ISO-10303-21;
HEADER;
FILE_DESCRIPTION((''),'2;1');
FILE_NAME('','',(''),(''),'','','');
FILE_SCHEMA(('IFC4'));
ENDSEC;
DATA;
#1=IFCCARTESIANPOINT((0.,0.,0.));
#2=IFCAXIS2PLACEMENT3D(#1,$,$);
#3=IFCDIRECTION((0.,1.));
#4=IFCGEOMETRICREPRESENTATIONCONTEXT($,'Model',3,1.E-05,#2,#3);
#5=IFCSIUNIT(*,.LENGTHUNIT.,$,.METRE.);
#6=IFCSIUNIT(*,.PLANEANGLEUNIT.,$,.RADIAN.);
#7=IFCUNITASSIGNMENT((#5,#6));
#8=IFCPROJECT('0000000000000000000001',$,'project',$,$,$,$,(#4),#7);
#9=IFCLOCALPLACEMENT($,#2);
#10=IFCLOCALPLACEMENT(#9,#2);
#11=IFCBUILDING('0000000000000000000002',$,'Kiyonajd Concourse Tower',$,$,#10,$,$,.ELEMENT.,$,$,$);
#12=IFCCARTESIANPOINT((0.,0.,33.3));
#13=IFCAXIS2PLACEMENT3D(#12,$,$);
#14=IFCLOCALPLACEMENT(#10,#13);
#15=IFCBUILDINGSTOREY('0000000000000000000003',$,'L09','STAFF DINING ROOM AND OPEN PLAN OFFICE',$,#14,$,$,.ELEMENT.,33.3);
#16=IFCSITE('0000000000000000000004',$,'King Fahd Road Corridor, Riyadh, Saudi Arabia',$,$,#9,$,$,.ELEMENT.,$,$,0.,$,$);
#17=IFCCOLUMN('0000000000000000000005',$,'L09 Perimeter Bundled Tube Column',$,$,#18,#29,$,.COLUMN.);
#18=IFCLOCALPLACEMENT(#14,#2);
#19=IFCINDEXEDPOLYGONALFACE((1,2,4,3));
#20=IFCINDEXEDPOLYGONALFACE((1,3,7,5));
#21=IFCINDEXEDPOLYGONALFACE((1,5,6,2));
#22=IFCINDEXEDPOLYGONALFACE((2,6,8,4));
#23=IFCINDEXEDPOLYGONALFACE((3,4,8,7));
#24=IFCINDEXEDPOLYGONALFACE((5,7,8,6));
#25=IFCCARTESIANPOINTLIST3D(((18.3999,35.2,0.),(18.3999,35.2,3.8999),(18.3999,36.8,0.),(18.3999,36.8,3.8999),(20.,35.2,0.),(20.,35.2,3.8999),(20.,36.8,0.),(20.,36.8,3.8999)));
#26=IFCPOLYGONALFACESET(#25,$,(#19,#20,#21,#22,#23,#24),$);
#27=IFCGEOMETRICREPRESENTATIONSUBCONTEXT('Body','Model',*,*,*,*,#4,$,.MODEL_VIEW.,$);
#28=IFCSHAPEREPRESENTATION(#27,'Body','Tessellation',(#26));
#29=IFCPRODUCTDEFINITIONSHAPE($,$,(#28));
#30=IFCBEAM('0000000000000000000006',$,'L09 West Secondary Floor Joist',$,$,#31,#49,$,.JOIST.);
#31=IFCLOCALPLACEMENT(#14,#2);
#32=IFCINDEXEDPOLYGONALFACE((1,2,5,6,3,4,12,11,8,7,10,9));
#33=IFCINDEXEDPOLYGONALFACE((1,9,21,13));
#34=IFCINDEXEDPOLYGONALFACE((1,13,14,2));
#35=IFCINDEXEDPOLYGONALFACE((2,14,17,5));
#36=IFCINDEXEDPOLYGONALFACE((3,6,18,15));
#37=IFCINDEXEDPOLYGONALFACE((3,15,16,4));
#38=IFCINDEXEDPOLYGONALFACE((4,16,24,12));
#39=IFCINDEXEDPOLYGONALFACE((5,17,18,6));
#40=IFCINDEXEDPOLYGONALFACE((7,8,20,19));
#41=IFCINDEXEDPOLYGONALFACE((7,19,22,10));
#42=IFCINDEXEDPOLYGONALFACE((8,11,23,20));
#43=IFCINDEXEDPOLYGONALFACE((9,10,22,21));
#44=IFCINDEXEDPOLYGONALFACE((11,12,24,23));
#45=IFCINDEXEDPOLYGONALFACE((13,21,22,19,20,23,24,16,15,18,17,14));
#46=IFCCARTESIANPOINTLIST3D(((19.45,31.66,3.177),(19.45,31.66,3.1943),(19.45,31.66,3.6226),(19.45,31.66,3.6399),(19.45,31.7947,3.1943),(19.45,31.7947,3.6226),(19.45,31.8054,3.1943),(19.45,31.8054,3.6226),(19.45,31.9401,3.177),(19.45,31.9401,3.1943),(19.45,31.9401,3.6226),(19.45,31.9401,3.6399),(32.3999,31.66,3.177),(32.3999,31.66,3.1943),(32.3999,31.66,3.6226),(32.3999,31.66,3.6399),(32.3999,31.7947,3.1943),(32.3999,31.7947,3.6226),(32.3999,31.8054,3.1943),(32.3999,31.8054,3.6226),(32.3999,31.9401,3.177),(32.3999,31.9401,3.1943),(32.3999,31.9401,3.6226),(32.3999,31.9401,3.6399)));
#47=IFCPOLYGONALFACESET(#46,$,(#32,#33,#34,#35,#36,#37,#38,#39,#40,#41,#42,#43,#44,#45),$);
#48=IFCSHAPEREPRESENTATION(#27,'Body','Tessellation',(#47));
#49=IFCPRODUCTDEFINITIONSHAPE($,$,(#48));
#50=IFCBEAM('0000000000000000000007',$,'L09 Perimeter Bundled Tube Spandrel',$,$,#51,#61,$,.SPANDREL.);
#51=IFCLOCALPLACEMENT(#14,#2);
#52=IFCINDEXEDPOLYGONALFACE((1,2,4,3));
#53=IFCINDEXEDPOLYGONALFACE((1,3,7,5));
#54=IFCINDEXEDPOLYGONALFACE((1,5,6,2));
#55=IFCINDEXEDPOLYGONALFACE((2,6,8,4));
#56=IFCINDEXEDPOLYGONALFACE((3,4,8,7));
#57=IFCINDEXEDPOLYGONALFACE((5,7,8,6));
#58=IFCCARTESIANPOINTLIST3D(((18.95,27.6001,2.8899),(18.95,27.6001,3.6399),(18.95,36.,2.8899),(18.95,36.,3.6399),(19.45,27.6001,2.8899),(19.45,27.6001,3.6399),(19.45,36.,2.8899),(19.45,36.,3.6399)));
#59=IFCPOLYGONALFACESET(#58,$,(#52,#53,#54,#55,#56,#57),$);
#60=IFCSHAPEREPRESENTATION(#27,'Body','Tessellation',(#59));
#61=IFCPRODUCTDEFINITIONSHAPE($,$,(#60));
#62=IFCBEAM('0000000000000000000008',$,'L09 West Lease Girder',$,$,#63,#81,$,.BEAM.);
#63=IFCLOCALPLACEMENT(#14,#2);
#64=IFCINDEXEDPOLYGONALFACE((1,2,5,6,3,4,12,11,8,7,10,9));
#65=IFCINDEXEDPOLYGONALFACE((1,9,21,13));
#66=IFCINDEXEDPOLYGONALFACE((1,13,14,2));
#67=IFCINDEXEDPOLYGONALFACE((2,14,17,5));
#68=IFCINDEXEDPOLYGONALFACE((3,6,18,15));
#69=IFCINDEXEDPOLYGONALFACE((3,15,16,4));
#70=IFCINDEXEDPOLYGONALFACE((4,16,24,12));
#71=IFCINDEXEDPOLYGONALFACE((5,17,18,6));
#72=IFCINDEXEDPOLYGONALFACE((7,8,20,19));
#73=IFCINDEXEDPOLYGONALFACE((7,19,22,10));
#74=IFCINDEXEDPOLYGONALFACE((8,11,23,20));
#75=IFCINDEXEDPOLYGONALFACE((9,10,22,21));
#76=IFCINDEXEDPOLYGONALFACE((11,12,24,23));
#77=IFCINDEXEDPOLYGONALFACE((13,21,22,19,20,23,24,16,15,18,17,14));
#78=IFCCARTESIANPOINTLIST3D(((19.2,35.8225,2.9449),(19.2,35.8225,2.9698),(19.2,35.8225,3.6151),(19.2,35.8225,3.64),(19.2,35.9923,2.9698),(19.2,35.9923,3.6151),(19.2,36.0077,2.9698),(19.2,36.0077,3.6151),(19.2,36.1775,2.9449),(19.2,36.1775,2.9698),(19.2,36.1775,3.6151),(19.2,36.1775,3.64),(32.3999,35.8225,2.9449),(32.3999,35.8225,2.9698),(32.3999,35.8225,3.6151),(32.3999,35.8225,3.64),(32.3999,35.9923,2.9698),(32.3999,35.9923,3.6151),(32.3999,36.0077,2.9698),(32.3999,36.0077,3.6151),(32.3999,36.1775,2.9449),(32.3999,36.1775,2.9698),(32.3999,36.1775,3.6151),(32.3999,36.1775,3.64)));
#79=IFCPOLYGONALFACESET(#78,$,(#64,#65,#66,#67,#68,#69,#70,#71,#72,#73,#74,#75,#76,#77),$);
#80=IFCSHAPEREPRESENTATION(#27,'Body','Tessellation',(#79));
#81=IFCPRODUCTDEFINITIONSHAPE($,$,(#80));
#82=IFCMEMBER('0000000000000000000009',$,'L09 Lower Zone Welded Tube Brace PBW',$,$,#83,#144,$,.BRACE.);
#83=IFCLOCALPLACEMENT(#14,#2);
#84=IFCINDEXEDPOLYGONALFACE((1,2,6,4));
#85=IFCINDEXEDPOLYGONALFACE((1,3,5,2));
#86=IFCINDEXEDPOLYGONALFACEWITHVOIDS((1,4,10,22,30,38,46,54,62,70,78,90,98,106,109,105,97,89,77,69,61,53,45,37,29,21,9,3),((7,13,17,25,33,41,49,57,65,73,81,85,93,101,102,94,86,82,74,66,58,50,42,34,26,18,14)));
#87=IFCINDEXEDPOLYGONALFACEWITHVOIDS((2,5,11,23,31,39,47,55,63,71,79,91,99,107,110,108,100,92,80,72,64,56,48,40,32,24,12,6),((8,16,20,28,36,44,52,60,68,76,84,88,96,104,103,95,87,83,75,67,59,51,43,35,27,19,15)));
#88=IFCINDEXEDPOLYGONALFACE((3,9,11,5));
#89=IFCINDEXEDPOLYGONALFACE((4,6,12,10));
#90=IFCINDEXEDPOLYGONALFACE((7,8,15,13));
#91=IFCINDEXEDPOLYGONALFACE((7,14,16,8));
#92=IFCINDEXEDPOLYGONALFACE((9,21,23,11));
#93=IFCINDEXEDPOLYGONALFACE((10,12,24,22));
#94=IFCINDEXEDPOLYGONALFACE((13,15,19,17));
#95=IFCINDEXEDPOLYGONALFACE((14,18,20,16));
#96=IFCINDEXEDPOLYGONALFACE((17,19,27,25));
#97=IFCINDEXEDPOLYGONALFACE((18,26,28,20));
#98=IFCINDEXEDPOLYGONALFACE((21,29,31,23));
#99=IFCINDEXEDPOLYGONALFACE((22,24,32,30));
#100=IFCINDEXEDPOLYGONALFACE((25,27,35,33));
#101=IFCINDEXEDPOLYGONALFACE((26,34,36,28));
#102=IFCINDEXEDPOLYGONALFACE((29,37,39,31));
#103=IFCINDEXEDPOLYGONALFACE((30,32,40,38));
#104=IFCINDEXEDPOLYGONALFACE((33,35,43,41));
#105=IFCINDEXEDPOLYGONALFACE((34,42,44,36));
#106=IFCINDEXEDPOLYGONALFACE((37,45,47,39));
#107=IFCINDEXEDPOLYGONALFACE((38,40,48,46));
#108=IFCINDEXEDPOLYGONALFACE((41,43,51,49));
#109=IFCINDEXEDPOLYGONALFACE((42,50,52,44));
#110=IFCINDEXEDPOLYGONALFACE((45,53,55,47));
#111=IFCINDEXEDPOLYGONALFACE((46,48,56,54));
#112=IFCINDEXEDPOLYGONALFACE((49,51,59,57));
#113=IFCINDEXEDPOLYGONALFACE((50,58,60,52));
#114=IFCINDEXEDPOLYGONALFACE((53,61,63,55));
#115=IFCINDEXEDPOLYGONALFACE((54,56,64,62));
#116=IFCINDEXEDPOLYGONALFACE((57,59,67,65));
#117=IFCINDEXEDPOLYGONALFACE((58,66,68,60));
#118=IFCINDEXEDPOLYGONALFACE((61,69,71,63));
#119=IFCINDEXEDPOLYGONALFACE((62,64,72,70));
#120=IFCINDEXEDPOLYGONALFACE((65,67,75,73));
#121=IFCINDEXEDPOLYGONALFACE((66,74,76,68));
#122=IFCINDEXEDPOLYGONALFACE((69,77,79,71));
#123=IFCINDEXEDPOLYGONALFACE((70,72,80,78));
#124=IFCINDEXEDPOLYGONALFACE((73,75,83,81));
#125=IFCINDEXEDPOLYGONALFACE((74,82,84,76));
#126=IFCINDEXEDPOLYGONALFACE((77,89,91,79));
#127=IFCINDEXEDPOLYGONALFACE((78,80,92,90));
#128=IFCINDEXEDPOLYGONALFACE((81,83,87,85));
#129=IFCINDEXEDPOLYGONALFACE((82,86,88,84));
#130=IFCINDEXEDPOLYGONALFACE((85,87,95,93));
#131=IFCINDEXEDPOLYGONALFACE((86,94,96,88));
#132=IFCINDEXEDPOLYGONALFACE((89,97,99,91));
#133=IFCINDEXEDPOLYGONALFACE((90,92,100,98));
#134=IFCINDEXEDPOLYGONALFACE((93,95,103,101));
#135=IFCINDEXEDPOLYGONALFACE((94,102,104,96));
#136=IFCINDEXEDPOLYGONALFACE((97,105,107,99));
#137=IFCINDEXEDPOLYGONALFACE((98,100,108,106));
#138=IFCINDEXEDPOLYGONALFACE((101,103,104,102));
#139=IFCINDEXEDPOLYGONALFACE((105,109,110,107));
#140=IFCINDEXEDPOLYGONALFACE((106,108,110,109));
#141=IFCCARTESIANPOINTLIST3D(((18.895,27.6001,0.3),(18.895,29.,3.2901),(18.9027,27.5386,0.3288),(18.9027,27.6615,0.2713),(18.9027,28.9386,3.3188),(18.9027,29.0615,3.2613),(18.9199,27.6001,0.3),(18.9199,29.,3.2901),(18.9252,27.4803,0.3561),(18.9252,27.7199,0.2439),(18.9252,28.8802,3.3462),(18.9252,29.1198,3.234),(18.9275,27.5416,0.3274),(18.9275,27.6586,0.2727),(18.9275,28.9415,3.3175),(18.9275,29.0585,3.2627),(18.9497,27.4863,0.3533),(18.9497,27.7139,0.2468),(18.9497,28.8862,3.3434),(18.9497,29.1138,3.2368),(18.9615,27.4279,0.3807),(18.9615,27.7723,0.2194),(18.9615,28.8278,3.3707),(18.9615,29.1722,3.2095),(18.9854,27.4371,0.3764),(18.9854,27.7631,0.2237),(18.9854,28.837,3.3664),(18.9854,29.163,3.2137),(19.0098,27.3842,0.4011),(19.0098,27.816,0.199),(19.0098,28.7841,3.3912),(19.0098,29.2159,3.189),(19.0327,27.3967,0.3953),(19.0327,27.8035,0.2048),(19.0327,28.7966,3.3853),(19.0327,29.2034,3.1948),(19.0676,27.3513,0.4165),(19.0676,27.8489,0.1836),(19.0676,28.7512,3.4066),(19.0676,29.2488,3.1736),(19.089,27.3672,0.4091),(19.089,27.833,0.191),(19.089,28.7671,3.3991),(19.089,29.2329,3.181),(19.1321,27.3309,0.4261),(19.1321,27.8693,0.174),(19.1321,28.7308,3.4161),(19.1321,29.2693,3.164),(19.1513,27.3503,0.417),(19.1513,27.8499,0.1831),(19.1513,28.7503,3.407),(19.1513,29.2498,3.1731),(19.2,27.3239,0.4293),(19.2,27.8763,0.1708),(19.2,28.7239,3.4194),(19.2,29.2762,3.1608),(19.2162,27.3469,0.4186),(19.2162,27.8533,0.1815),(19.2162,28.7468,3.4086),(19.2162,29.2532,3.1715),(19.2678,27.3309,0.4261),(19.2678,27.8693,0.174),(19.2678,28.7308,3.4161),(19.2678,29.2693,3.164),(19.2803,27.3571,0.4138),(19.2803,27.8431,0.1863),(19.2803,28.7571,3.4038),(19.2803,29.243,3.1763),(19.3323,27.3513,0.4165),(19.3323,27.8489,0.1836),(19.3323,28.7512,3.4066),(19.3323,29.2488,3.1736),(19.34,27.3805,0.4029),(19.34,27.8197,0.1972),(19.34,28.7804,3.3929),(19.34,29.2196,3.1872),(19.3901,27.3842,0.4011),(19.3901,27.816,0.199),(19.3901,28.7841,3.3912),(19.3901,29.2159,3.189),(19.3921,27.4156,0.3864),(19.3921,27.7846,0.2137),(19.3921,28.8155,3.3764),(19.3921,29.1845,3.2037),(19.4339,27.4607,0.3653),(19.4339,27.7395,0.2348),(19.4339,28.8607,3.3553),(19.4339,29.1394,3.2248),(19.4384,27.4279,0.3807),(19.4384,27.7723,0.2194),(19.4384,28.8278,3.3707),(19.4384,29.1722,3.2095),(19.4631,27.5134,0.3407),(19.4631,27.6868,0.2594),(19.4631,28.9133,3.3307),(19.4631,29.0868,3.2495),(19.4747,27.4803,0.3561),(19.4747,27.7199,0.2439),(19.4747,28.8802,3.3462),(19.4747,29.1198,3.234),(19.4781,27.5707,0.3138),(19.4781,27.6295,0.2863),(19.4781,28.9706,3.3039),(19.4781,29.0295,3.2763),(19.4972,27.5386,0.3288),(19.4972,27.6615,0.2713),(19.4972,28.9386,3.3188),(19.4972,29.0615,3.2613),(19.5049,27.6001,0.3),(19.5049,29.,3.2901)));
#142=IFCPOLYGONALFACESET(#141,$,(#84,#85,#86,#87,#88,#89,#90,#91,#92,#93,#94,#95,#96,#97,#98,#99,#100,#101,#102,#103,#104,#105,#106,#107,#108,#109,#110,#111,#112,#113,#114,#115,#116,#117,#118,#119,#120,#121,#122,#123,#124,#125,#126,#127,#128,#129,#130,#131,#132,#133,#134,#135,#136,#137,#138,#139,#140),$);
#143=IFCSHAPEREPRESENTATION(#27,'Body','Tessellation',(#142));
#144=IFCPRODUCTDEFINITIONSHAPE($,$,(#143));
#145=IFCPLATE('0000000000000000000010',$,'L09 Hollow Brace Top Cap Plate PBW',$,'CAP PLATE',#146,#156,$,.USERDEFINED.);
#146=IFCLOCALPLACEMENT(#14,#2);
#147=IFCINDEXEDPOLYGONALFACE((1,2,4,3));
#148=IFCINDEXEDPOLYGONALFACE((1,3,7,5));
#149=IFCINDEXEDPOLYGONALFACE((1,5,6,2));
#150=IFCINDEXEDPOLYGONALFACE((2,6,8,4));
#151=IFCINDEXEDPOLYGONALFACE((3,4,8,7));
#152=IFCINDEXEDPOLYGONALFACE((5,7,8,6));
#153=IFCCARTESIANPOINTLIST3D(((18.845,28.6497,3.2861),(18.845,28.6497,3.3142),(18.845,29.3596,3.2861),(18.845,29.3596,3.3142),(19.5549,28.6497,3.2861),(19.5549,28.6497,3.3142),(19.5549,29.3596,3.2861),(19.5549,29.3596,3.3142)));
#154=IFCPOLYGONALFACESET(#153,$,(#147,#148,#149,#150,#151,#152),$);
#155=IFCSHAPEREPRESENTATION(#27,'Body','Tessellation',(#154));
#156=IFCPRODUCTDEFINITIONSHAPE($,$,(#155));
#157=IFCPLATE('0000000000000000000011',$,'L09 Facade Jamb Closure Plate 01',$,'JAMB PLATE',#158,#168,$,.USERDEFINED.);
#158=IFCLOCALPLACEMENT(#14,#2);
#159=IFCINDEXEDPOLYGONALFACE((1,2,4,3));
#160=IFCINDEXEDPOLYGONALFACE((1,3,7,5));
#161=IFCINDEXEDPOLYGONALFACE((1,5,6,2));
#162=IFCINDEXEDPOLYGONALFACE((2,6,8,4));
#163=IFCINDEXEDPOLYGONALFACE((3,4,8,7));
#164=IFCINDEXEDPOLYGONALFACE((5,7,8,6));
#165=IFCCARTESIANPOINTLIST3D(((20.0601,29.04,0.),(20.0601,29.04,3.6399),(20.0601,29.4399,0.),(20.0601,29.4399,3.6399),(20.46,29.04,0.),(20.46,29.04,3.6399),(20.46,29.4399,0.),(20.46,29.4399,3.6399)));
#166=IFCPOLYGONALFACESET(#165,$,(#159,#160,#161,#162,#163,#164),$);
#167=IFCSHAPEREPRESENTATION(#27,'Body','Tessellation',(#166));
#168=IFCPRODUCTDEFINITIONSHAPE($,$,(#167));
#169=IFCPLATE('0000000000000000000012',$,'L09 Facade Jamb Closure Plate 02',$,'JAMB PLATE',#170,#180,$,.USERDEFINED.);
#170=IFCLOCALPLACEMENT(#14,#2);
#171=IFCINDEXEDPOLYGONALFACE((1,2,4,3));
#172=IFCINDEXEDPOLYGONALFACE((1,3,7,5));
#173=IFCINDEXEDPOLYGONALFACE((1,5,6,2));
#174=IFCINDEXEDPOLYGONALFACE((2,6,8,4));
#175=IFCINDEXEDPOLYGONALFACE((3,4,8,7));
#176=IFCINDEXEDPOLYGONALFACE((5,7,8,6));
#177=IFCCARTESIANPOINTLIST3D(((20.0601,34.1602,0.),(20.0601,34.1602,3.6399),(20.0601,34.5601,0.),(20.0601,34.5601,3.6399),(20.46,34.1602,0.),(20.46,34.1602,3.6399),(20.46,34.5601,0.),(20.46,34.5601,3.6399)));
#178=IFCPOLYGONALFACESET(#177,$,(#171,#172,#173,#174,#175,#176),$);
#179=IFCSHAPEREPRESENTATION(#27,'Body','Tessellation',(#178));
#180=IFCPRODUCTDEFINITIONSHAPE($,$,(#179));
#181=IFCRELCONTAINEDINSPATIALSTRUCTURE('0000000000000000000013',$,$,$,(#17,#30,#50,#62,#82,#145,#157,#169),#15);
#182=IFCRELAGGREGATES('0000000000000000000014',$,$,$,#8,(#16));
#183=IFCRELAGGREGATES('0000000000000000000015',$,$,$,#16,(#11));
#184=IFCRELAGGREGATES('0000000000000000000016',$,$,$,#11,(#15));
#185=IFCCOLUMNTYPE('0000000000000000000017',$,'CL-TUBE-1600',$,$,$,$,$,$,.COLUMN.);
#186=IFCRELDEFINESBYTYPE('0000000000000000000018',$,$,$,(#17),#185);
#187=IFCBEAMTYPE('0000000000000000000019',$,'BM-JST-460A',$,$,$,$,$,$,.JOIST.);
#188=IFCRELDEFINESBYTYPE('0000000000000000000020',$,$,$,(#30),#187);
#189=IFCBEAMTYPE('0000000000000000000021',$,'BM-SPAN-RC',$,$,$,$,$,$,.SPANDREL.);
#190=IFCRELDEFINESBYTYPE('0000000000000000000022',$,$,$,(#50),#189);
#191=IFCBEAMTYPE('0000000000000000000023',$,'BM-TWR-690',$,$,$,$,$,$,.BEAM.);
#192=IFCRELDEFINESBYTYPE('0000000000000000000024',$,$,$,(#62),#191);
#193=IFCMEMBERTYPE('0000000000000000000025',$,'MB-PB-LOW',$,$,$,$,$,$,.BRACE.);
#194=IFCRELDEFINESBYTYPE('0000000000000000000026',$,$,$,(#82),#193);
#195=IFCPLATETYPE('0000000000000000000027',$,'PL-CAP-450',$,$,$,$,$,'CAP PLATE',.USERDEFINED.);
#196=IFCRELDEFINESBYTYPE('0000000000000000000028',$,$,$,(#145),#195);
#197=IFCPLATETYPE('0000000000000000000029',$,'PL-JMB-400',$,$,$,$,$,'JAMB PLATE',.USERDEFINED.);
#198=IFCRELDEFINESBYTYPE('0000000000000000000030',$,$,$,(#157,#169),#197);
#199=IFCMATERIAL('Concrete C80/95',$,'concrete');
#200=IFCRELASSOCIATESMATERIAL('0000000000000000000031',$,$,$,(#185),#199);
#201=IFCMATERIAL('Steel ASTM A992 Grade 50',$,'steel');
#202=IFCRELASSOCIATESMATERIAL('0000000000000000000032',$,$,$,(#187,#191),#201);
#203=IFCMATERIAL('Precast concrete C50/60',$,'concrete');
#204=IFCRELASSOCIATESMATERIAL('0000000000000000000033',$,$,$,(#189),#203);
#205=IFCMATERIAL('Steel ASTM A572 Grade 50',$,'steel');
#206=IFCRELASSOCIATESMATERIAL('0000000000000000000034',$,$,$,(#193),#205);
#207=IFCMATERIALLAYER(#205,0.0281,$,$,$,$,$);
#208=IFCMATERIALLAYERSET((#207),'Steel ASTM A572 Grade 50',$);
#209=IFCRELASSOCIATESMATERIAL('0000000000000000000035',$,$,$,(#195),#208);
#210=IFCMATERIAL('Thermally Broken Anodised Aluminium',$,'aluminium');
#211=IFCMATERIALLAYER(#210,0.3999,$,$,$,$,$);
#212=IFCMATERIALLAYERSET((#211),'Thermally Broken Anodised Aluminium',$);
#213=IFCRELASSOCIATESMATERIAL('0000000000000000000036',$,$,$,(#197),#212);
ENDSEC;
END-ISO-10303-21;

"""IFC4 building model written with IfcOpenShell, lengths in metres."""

from ifc_helpers import new_model, si_unit, direction, frame, origin, origin_2d, place, context, subcontext, project, spatial, rectangle, hollow_circle, i_section, extrude, material, layer, layer_set, material_profile, profile_set, type_object, element, save


model = new_model("IFC4")

# Units and contexts
model_context = context("Model", 3, precision=1e-05, world=origin(), true_north=direction((0.0, 1.0)))
body_context = subcontext(model_context, "Body", "Model", "MODEL_VIEW")
ifc_project = project(units=[si_unit("LENGTHUNIT", "METRE"), si_unit("PLANEANGLEUNIT", "RADIAN")], contexts=[model_context])

# Site, building, storey
site_placement = place(None, origin())
site = spatial("IfcSite", under=ifc_project, at=site_placement, Name="King Fahd Road Corridor, Riyadh, Saudi Arabia", CompositionType="ELEMENT", RefElevation=0.0)
building_placement = place(site_placement, origin())
building = spatial("IfcBuilding", under=site, at=building_placement, Name="Kiyonajd Concourse Tower", CompositionType="ELEMENT")
storey_placement = place(building_placement, frame((0.0, 0.0, 33.3)))
storey = spatial("IfcBuildingStorey", under=building, at=storey_placement, Name="L09", Description="STAFF DINING ROOM AND OPEN PLAN OFFICE", CompositionType="ELEMENT", Elevation=33.3)

# Column
ifc_material_1 = material(Name="Concrete C80/95", Category="concrete")
ifc_material_profile_1 = material_profile(ifc_material_1, rectangle(XDim=1.6001, YDim=1.6001, at=origin_2d()), Name="RC-1600x1600")
ifc_profile_set_1 = profile_set([ifc_material_profile_1], Name="Concrete C80/95")
column_type = type_object("IfcColumnType", Name="CL-TUBE-1600", PredefinedType="COLUMN", material=ifc_profile_set_1)
column_placement = place(storey_placement, frame((19.2, 36.0, 0.0), z_axis=(0.0, 0.0, 1.0), x_axis=(1.0, 0.0, 0.0)))
element("IfcColumn", 1, at=column_placement, inside=storey, type_object=column_type, Name="L09 Perimeter Bundled Tube Column", PredefinedType="COLUMN", context=body_context, shape_type="SweptSolid", body=[
    extrude(rectangle(XDim=1.6001, YDim=1.6001, at=origin_2d()), origin(), (0.0, 0.0, 1.0), 3.8999),
])

# Beams
ifc_material_2 = material(Name="Steel ASTM A992 Grade 50", Category="steel")
ifc_material_profile_2 = material_profile(ifc_material_2, i_section(OverallWidth=0.28, OverallDepth=0.4629, WebThickness=0.0107, FlangeThickness=0.0173, at=origin_2d()), Name="W460X113")
ifc_profile_set_2 = profile_set([ifc_material_profile_2], Name="Steel ASTM A992 Grade 50")
beam_type_1 = type_object("IfcBeamType", Name="BM-JST-460A", PredefinedType="JOIST", material=ifc_profile_set_2)
beam_1_placement = place(storey_placement, frame((19.45, 31.8, 3.4084), z_axis=(1.0, 0.0, 0.0), x_axis=(0.0, 1.0, 0.0)))
element("IfcBeam", 2, at=beam_1_placement, inside=storey, type_object=beam_type_1, Name="L09 West Secondary Floor Joist", PredefinedType="JOIST", context=body_context, shape_type="SweptSolid", body=[
    extrude(i_section(OverallWidth=0.28, OverallDepth=0.4629, WebThickness=0.0107, FlangeThickness=0.0173, at=origin_2d()), origin(), (0.0, 0.0, 1.0), 12.95),
])
ifc_material_3 = material(Name="Precast concrete C50/60", Category="concrete")
ifc_material_profile_3 = material_profile(ifc_material_3, rectangle(XDim=0.5, YDim=0.75, at=origin_2d()), Name="RCBM-500x750")
ifc_profile_set_3 = profile_set([ifc_material_profile_3], Name="Precast concrete C50/60")
beam_type_2 = type_object("IfcBeamType", Name="BM-SPAN-RC", PredefinedType="SPANDREL", material=ifc_profile_set_3)
beam_2_placement = place(storey_placement, frame((19.2, 36.0, 3.2649), z_axis=(0.0, -1.0, 0.0), x_axis=(1.0, 0.0, 0.0)))
element("IfcBeam", 3, at=beam_2_placement, inside=storey, type_object=beam_type_2, Name="L09 Perimeter Bundled Tube Spandrel", PredefinedType="SPANDREL", context=body_context, shape_type="SweptSolid", body=[
    extrude(rectangle(XDim=0.5, YDim=0.75, at=origin_2d()), origin(), (0.0, 0.0, 1.0), 8.3999),
])
ifc_material_profile_4 = material_profile(ifc_material_2, i_section(OverallWidth=0.355, OverallDepth=0.6951, WebThickness=0.0154, FlangeThickness=0.0249, at=origin_2d()), Name="W690X217")
ifc_profile_set_4 = profile_set([ifc_material_profile_4], Name="Steel ASTM A992 Grade 50")
beam_type_3 = type_object("IfcBeamType", Name="BM-TWR-690", PredefinedType="BEAM", material=ifc_profile_set_4)
beam_3_placement = place(storey_placement, frame((19.2, 36.0, 3.2925), z_axis=(1.0, 0.0, 0.0), x_axis=(0.0, 1.0, 0.0)))
element("IfcBeam", 4, at=beam_3_placement, inside=storey, type_object=beam_type_3, Name="L09 West Lease Girder", PredefinedType="BEAM", context=body_context, shape_type="SweptSolid", body=[
    extrude(i_section(OverallWidth=0.355, OverallDepth=0.6951, WebThickness=0.0154, FlangeThickness=0.0249, at=origin_2d()), origin(), (0.0, 0.0, 1.0), 13.2),
])

# Member
ifc_material_4 = material(Name="Steel ASTM A572 Grade 50", Category="steel")
ifc_material_profile_5 = material_profile(ifc_material_4, hollow_circle(Radius=0.3049, WallThickness=0.0249, at=origin_2d()), Name="CHS-610x25")
ifc_profile_set_5 = profile_set([ifc_material_profile_5], Name="Steel ASTM A572 Grade 50")
member_type = type_object("IfcMemberType", Name="MB-PB-LOW", PredefinedType="BRACE", material=ifc_profile_set_5)
member_placement = place(storey_placement, frame((19.2, 27.6001, 0.3), z_axis=(0.0, 0.424023, 0.905652), x_axis=(-1.0, 0.0, 0.0)))
element("IfcMember", 5, at=member_placement, inside=storey, type_object=member_type, Name="L09 Lower Zone Welded Tube Brace PBW", PredefinedType="BRACE", context=body_context, shape_type="SweptSolid", body=[
    extrude(hollow_circle(Radius=0.3049, WallThickness=0.0249, at=origin_2d()), origin(), (0.0, 0.0, 1.0), 3.3015),
])

# Plates
ifc_layer_1 = layer(ifc_material_4, 0.0281)
ifc_layer_set_1 = layer_set([ifc_layer_1], Name="Steel ASTM A572 Grade 50")
plate_type_1 = type_object("IfcPlateType", Name="PL-CAP-450", ElementType="CAP PLATE", PredefinedType="USERDEFINED", material=ifc_layer_set_1)
plate_placement = place(storey_placement, frame((19.2, 29.0046, 3.2861), z_axis=(0.0, 0.0, 1.0), x_axis=(1.0, 0.0, 0.0)))
element("IfcPlate", 6, at=plate_placement, inside=storey, type_object=plate_type_1, Name="L09 Hollow Brace Top Cap Plate PBW", ObjectType="CAP PLATE", PredefinedType="USERDEFINED", context=body_context, shape_type="SweptSolid", body=[
    extrude(rectangle(XDim=0.71, YDim=0.71, at=origin_2d()), origin(), (0.0, 0.0, 1.0), 0.0281),
])
ifc_material_5 = material(Name="Thermally Broken Anodised Aluminium", Category="aluminium")
ifc_layer_2 = layer(ifc_material_5, 0.3999)
ifc_layer_set_2 = layer_set([ifc_layer_2], Name="Thermally Broken Anodised Aluminium")
plate_type_2 = type_object("IfcPlateType", Name="PL-JMB-400", ElementType="JAMB PLATE", PredefinedType="USERDEFINED", material=ifc_layer_set_2)
for number, where, z_axis, x_axis, name in (
    (7, (20.26, 29.24, 0.0), (0.0, 0.0, 1.0), (1.0, 0.0, 0.0), "L09 Facade Jamb Closure Plate 01"),
    (8, (20.26, 34.3601, 0.0), (0.0, 0.0, 1.0), (1.0, 0.0, 0.0), "L09 Facade Jamb Closure Plate 02"),
):
    element("IfcPlate", number, at=place(storey_placement, frame(where, z_axis=z_axis, x_axis=x_axis)), inside=storey, type_object=plate_type_2, Name=name, ObjectType="JAMB PLATE", PredefinedType="USERDEFINED", context=body_context, shape_type="SweptSolid", body=[
        extrude(rectangle(XDim=0.3999, YDim=0.3999, at=origin_2d()), origin(), (0.0, 0.0, 1.0), 3.6399),
    ])

save(model, "model.ifc")
